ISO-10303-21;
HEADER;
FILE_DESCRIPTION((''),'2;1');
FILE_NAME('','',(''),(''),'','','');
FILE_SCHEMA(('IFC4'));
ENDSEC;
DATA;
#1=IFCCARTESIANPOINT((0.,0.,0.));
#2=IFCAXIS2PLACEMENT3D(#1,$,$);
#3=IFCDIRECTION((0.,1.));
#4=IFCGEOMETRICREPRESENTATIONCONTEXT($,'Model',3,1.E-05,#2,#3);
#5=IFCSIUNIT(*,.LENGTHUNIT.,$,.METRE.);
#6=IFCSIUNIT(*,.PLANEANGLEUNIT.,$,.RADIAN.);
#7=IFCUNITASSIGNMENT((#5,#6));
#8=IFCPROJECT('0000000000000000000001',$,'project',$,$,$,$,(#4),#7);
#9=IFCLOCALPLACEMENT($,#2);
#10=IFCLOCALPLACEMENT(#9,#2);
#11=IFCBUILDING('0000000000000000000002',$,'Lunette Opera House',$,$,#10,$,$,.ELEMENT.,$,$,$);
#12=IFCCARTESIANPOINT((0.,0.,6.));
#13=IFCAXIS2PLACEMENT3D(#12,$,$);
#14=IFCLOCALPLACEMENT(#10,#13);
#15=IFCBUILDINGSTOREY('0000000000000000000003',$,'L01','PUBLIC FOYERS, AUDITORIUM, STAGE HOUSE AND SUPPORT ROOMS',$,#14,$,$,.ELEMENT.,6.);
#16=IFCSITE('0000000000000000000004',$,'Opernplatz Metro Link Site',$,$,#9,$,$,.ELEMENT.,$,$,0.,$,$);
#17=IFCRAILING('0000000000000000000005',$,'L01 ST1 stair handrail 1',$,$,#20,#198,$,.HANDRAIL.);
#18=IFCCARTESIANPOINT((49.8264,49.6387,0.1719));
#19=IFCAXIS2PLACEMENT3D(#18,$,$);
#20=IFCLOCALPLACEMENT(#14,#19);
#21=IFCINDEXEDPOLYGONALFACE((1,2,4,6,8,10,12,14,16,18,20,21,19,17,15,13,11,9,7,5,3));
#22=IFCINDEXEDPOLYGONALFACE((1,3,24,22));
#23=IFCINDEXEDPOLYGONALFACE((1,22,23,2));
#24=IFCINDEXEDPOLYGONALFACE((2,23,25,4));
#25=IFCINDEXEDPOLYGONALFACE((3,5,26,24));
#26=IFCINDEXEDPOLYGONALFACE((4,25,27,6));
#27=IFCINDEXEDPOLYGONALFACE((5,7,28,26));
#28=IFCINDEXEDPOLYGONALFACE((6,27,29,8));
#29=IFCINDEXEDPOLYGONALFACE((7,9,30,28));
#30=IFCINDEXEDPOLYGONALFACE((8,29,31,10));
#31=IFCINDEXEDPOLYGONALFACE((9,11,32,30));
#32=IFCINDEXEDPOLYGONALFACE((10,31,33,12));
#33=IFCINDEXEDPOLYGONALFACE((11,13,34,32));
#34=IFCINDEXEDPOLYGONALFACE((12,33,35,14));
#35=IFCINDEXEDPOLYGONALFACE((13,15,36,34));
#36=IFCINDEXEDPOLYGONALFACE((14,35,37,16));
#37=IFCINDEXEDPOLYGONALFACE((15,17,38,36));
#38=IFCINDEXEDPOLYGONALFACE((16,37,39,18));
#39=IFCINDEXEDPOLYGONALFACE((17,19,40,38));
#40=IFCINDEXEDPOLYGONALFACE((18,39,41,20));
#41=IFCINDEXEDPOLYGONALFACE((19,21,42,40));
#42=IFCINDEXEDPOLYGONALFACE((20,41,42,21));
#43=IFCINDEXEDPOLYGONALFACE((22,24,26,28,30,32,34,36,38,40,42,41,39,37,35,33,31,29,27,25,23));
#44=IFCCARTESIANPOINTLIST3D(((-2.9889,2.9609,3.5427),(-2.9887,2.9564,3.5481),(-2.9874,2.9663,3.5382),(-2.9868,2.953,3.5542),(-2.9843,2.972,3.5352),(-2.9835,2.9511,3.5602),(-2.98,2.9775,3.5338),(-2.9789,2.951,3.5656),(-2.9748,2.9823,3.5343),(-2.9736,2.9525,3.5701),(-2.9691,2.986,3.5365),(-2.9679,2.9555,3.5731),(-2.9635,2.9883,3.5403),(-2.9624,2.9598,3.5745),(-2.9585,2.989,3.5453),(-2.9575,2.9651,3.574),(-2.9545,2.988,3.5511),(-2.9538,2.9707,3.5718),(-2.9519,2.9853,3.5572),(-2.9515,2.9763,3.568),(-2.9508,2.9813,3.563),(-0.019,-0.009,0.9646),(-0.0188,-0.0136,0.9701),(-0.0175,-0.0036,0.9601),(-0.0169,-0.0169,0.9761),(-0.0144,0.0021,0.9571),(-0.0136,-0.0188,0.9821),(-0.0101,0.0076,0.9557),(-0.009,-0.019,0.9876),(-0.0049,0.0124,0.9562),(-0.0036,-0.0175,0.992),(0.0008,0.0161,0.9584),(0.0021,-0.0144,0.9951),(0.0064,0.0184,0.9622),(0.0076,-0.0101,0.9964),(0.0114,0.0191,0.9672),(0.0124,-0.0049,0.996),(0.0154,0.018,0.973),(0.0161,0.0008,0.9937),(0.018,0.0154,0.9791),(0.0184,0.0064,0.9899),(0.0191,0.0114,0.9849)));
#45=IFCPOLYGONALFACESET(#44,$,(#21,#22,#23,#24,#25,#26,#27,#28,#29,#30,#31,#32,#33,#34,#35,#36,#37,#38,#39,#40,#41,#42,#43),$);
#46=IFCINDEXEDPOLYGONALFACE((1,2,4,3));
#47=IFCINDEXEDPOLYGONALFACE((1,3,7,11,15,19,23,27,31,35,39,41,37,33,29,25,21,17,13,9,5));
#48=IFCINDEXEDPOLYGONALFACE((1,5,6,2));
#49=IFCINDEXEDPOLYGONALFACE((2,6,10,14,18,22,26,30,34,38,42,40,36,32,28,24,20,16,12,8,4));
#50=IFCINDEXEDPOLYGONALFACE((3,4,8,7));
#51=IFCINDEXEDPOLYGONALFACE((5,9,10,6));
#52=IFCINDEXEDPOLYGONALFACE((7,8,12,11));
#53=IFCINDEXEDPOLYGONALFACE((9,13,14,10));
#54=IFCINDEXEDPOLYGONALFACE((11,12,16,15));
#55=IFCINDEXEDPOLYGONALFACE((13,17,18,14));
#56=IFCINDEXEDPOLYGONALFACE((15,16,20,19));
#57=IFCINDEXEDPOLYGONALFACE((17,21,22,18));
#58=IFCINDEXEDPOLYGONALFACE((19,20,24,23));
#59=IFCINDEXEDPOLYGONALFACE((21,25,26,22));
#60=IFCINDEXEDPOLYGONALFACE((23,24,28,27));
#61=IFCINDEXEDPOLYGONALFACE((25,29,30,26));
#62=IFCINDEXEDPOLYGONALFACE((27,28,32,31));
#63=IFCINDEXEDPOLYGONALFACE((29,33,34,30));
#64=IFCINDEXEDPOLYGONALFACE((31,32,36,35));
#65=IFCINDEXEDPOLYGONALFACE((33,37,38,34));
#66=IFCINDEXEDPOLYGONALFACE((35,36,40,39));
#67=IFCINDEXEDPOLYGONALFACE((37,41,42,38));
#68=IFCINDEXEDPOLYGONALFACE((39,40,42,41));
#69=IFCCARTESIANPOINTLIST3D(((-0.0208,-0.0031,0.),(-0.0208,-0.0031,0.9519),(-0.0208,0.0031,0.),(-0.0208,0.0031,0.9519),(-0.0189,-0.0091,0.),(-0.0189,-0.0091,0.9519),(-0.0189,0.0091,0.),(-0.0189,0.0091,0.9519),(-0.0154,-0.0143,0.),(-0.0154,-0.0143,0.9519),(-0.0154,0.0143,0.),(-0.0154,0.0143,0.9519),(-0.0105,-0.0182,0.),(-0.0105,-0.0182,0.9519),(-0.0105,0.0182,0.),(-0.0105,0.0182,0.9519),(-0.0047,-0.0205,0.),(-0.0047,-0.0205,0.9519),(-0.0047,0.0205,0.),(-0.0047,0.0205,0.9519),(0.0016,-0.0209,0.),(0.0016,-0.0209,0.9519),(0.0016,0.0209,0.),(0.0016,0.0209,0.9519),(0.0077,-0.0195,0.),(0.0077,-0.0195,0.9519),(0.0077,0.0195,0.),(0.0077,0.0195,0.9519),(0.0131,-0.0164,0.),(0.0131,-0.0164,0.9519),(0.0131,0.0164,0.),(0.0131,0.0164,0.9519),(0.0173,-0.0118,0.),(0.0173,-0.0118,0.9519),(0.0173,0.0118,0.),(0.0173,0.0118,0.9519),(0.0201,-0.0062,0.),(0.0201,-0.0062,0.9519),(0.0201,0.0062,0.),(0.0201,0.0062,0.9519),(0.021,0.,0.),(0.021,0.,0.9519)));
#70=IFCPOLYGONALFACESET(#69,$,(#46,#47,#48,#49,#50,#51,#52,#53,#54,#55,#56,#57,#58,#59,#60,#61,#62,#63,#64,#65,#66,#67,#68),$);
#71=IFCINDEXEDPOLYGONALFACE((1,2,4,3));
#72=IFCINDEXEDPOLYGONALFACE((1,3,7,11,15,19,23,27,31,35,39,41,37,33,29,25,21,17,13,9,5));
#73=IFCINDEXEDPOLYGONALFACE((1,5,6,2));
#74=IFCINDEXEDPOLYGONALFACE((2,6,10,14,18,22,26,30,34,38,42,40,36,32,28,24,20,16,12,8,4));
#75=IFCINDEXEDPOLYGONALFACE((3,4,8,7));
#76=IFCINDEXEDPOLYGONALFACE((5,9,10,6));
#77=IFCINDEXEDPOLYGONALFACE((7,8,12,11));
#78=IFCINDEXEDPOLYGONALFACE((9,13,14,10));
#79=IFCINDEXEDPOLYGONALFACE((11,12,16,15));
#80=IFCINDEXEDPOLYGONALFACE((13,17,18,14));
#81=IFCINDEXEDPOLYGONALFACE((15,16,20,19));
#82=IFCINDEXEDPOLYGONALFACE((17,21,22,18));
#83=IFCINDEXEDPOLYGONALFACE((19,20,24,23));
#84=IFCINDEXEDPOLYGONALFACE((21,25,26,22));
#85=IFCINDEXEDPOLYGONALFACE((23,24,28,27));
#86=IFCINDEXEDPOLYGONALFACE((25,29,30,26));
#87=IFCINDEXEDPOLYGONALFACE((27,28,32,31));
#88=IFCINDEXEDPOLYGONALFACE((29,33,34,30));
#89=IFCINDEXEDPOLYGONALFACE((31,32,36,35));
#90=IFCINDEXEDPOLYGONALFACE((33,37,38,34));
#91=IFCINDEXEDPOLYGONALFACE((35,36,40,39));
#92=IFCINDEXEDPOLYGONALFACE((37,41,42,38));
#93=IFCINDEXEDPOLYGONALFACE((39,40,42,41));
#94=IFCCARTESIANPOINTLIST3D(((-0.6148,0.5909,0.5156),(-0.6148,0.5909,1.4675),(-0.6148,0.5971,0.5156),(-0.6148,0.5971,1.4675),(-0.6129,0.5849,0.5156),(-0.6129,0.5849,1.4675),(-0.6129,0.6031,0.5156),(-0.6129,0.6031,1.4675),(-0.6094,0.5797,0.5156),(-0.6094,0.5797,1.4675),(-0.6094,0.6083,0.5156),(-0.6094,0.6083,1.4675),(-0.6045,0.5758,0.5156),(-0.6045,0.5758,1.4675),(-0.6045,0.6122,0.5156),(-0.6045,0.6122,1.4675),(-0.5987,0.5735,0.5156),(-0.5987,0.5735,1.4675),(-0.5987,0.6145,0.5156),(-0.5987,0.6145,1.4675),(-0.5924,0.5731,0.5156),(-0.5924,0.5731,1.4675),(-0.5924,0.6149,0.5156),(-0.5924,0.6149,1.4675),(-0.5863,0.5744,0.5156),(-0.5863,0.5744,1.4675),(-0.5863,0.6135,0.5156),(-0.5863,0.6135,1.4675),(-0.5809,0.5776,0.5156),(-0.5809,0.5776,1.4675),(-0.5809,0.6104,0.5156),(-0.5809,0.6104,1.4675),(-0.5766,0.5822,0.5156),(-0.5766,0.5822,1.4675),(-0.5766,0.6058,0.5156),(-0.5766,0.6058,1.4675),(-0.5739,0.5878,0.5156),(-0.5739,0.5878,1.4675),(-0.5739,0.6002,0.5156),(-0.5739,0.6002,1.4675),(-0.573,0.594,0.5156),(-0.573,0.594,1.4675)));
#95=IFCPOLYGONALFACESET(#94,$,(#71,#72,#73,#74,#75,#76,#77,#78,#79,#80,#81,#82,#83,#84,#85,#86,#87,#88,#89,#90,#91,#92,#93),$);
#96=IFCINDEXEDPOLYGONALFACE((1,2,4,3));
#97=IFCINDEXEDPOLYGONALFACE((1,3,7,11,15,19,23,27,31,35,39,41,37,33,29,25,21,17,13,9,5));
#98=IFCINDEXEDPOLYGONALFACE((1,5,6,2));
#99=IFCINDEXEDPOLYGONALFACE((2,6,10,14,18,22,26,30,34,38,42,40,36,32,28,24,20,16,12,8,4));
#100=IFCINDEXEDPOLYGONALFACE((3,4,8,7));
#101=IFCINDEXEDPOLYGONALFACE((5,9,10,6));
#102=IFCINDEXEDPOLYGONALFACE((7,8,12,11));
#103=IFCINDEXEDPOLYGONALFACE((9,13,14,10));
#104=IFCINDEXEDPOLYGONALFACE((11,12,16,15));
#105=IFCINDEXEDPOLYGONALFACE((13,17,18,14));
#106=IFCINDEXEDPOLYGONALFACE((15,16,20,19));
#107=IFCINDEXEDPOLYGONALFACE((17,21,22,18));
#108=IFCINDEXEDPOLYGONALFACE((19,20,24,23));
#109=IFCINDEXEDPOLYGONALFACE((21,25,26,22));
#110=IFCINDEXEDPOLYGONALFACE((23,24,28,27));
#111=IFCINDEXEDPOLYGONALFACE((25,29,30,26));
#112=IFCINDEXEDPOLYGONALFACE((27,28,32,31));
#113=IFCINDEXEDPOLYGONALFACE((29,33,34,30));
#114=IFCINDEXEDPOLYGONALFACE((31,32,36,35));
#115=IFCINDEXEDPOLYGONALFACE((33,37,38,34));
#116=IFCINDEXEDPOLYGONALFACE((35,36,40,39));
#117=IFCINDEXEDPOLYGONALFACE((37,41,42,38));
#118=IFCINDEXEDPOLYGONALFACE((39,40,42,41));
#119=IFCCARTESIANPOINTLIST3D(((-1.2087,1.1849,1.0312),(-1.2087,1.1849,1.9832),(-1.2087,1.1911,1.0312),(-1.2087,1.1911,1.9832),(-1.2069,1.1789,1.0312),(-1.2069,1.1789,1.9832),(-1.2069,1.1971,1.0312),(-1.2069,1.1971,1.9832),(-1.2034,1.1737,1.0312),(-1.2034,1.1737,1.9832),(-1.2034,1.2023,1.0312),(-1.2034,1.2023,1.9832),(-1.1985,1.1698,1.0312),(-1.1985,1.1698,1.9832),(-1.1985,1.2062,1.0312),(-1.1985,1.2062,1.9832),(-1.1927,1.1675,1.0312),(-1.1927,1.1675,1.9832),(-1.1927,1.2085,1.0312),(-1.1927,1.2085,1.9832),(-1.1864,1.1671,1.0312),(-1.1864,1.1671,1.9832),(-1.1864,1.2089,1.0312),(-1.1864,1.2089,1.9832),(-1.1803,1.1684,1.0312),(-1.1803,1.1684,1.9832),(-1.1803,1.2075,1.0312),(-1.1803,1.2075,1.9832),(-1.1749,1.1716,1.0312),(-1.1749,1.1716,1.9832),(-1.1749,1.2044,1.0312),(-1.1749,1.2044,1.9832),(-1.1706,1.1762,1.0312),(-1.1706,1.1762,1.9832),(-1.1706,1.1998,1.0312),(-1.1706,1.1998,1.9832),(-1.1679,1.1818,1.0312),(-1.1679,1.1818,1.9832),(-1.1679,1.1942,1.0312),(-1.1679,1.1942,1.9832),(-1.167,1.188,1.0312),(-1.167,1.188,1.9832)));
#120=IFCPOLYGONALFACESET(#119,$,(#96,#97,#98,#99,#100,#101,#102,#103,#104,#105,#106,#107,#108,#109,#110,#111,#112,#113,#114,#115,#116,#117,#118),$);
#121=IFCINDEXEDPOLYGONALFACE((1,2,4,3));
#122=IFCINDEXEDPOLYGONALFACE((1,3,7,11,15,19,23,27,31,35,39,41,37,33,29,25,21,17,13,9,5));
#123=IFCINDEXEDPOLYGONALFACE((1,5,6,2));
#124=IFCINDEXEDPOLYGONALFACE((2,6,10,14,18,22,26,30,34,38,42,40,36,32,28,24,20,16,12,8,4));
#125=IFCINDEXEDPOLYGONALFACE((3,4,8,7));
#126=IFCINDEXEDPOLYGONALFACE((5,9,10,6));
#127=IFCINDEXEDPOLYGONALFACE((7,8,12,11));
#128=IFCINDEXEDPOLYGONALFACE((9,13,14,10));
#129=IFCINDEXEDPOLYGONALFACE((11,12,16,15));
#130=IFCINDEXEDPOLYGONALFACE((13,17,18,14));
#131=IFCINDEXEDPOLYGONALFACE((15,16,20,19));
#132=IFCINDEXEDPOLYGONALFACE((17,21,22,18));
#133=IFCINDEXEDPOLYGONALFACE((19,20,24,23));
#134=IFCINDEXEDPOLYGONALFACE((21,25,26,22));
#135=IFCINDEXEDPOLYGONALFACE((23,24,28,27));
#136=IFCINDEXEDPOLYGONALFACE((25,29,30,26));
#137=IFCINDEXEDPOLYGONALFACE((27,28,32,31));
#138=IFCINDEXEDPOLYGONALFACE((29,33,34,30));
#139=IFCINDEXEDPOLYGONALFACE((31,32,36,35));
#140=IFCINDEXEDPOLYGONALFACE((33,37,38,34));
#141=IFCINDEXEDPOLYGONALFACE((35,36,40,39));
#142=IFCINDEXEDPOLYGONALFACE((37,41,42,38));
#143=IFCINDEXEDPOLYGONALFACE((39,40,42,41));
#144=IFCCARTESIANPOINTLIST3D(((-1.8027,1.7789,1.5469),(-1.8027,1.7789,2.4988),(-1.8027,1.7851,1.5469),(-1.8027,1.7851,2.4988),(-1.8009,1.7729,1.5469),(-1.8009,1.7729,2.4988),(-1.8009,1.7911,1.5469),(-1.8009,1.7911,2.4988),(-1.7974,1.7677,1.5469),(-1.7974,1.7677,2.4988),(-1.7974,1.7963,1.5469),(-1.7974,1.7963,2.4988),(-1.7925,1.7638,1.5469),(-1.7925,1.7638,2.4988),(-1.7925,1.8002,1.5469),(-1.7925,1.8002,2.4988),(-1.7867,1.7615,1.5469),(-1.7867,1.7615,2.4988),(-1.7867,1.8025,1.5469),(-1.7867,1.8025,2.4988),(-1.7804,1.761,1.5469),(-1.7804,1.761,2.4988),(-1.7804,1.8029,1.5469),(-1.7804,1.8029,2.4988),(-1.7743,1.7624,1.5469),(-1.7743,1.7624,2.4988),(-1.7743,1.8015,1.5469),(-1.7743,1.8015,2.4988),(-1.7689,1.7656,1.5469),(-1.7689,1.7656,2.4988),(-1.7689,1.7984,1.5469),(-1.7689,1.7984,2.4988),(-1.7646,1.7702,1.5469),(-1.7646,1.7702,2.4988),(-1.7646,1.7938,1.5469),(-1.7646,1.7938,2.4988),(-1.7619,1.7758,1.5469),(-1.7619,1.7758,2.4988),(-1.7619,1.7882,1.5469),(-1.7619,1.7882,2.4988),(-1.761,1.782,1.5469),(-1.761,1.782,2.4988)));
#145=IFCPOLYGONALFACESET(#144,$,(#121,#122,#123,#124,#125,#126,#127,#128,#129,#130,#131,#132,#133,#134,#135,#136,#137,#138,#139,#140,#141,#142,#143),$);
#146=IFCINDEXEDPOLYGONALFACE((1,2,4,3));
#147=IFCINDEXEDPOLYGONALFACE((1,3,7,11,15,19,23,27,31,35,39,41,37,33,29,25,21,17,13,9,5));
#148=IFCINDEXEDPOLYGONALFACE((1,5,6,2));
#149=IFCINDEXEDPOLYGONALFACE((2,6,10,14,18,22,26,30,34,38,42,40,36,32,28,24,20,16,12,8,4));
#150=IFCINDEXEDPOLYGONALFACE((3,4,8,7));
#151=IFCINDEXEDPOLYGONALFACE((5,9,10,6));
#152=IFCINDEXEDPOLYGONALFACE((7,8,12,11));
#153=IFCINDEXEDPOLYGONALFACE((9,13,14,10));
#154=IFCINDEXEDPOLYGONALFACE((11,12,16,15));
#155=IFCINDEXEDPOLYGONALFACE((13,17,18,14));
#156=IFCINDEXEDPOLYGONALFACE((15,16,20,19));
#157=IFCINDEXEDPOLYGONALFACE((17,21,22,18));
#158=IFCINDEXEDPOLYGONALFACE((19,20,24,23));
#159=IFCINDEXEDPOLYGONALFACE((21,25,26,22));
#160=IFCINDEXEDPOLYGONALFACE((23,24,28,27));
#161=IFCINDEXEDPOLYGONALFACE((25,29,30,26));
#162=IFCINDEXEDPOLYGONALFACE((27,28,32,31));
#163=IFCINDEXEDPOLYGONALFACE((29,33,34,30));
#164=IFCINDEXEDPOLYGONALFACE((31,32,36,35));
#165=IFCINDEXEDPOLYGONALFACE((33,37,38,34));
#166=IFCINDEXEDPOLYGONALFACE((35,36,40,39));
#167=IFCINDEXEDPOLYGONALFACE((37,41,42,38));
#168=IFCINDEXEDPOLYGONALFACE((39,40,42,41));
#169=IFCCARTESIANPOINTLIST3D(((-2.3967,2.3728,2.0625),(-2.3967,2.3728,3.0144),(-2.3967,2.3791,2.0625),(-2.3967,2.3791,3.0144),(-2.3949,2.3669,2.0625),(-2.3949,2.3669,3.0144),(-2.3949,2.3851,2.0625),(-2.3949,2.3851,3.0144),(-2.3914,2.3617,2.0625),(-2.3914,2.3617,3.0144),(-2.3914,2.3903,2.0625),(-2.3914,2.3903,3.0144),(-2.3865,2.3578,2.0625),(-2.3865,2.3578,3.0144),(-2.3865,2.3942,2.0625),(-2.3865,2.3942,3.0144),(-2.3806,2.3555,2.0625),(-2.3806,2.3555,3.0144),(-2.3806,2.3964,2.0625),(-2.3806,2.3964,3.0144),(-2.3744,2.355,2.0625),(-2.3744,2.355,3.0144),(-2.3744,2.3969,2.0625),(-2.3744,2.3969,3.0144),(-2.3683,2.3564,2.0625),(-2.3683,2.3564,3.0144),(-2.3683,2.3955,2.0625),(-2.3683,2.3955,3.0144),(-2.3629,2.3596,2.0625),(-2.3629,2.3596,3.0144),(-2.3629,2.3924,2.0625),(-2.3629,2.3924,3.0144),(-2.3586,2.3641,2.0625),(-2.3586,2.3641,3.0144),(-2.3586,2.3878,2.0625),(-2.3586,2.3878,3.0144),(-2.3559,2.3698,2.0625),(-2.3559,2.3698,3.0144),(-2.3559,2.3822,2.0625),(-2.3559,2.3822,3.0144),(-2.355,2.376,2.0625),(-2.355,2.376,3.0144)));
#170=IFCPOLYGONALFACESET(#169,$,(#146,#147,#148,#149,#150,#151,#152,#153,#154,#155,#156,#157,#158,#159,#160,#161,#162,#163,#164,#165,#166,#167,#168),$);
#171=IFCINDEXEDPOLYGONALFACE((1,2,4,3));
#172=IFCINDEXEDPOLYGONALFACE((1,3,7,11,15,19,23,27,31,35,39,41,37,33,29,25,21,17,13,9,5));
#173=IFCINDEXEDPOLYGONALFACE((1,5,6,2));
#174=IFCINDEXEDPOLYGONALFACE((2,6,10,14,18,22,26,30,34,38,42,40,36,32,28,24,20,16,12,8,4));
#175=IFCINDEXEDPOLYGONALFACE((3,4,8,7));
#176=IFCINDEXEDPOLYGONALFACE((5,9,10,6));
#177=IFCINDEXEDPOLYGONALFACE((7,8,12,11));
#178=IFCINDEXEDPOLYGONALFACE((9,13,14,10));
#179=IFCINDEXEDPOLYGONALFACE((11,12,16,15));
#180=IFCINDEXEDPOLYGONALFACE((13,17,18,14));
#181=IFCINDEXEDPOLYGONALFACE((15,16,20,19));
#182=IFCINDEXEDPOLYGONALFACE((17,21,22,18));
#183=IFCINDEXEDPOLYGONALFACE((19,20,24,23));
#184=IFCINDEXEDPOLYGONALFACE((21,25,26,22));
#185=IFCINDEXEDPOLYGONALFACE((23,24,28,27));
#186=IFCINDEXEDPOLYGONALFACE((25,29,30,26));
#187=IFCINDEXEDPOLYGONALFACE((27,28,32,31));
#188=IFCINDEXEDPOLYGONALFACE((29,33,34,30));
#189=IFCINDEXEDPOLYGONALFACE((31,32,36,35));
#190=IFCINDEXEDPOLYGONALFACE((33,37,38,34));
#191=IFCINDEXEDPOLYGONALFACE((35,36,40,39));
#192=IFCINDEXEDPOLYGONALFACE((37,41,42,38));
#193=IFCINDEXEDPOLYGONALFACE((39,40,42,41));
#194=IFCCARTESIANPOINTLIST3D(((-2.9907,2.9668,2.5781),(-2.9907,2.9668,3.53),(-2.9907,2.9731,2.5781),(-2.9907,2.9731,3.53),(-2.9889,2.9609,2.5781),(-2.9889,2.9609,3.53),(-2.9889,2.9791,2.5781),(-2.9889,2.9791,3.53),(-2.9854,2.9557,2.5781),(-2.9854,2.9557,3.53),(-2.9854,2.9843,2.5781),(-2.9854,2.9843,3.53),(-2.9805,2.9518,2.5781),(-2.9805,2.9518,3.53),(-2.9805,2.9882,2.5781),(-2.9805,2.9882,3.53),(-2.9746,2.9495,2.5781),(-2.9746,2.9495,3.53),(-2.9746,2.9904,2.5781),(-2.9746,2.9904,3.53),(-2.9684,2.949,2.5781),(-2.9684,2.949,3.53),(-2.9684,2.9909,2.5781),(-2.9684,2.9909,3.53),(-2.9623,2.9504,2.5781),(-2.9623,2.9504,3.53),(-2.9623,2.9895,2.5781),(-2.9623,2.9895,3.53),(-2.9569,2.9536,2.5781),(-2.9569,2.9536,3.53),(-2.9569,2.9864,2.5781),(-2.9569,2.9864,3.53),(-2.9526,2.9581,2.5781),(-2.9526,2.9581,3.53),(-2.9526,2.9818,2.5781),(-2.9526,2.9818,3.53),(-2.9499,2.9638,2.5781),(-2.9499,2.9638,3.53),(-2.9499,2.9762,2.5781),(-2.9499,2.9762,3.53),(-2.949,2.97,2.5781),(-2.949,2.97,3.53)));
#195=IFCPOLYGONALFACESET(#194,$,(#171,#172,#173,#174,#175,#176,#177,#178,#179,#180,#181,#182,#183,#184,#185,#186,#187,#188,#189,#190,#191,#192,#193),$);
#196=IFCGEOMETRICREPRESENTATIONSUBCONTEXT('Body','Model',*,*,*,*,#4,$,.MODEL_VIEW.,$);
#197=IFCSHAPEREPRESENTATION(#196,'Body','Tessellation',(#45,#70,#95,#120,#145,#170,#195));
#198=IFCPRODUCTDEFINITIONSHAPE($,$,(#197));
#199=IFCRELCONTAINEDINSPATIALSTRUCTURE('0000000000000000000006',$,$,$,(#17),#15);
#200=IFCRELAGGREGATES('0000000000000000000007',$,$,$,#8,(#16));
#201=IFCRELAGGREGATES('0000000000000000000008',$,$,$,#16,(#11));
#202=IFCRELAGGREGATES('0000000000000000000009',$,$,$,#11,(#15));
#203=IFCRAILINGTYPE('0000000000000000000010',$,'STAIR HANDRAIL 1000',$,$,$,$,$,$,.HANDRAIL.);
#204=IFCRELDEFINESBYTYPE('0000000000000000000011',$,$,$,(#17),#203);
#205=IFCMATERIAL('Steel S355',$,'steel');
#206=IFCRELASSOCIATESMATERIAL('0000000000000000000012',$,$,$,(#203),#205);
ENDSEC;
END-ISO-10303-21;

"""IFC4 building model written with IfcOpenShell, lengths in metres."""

from ifc_helpers import new_model, si_unit, direction, frame, origin, origin_2d, place, context, subcontext, project, spatial, circle, extrude, material, type_object, element, save


model = new_model("IFC4")

# Units and contexts
model_context = context("Model", 3, precision=1e-05, world=origin(), true_north=direction((0.0, 1.0)))
body_context = subcontext(model_context, "Body", "Model", "MODEL_VIEW")
ifc_project = project(units=[si_unit("LENGTHUNIT", "METRE"), si_unit("PLANEANGLEUNIT", "RADIAN")], contexts=[model_context])

# Site, building, storey
site_placement = place(None, origin())
site = spatial("IfcSite", under=ifc_project, at=site_placement, Name="Opernplatz Metro Link Site", CompositionType="ELEMENT", RefElevation=0.0)
building_placement = place(site_placement, origin())
building = spatial("IfcBuilding", under=site, at=building_placement, Name="Lunette Opera House", CompositionType="ELEMENT")
storey_placement = place(building_placement, frame((0.0, 0.0, 6.0)))
storey = spatial("IfcBuildingStorey", under=building, at=storey_placement, Name="L01", Description="PUBLIC FOYERS, AUDITORIUM, STAGE HOUSE AND SUPPORT ROOMS", CompositionType="ELEMENT", Elevation=6.0)

# Railing
ifc_material_1 = material(Name="Steel S355", Category="steel")
railing_type_1 = type_object("IfcRailingType", Name="STAIR HANDRAIL 1000", PredefinedType="HANDRAIL", material=ifc_material_1)
railing_1_placement = place(storey_placement, frame((49.8264, 49.6387, 0.1719)))
element("IfcRailing", 1, at=railing_1_placement, inside=storey, type_object=railing_type_1, Name="L01 ST1 stair handrail 1", PredefinedType="HANDRAIL", context=body_context, shape_type="SweptSolid", body=[
    extrude(circle(Radius=0.0239, at=origin_2d()), frame((0.0, 0.0, 0.9761), z_axis=(-0.602635, 0.602635, 0.523126), x_axis=(-0.707107, -0.707107, 0.0)), (0.0, 0.0, 1.0), 4.9282),
    extrude(circle(Radius=0.021, at=origin_2d()), origin(), (0.0, 0.0, 1.0), 0.9519),
    extrude(circle(Radius=0.021, at=origin_2d()), frame((-0.594, 0.594, 0.5156)), (0.0, 0.0, 1.0), 0.9519),
    extrude(circle(Radius=0.021, at=origin_2d()), frame((-1.188, 1.188, 1.0312)), (0.0, 0.0, 1.0), 0.9519),
    extrude(circle(Radius=0.021, at=origin_2d()), frame((-1.782, 1.782, 1.5469)), (0.0, 0.0, 1.0), 0.9519),
    extrude(circle(Radius=0.021, at=origin_2d()), frame((-2.376, 2.376, 2.0625)), (0.0, 0.0, 1.0), 0.9519),
    extrude(circle(Radius=0.021, at=origin_2d()), frame((-2.97, 2.97, 2.5781)), (0.0, 0.0, 1.0), 0.9519),
])

save(model, "model.ifc")
